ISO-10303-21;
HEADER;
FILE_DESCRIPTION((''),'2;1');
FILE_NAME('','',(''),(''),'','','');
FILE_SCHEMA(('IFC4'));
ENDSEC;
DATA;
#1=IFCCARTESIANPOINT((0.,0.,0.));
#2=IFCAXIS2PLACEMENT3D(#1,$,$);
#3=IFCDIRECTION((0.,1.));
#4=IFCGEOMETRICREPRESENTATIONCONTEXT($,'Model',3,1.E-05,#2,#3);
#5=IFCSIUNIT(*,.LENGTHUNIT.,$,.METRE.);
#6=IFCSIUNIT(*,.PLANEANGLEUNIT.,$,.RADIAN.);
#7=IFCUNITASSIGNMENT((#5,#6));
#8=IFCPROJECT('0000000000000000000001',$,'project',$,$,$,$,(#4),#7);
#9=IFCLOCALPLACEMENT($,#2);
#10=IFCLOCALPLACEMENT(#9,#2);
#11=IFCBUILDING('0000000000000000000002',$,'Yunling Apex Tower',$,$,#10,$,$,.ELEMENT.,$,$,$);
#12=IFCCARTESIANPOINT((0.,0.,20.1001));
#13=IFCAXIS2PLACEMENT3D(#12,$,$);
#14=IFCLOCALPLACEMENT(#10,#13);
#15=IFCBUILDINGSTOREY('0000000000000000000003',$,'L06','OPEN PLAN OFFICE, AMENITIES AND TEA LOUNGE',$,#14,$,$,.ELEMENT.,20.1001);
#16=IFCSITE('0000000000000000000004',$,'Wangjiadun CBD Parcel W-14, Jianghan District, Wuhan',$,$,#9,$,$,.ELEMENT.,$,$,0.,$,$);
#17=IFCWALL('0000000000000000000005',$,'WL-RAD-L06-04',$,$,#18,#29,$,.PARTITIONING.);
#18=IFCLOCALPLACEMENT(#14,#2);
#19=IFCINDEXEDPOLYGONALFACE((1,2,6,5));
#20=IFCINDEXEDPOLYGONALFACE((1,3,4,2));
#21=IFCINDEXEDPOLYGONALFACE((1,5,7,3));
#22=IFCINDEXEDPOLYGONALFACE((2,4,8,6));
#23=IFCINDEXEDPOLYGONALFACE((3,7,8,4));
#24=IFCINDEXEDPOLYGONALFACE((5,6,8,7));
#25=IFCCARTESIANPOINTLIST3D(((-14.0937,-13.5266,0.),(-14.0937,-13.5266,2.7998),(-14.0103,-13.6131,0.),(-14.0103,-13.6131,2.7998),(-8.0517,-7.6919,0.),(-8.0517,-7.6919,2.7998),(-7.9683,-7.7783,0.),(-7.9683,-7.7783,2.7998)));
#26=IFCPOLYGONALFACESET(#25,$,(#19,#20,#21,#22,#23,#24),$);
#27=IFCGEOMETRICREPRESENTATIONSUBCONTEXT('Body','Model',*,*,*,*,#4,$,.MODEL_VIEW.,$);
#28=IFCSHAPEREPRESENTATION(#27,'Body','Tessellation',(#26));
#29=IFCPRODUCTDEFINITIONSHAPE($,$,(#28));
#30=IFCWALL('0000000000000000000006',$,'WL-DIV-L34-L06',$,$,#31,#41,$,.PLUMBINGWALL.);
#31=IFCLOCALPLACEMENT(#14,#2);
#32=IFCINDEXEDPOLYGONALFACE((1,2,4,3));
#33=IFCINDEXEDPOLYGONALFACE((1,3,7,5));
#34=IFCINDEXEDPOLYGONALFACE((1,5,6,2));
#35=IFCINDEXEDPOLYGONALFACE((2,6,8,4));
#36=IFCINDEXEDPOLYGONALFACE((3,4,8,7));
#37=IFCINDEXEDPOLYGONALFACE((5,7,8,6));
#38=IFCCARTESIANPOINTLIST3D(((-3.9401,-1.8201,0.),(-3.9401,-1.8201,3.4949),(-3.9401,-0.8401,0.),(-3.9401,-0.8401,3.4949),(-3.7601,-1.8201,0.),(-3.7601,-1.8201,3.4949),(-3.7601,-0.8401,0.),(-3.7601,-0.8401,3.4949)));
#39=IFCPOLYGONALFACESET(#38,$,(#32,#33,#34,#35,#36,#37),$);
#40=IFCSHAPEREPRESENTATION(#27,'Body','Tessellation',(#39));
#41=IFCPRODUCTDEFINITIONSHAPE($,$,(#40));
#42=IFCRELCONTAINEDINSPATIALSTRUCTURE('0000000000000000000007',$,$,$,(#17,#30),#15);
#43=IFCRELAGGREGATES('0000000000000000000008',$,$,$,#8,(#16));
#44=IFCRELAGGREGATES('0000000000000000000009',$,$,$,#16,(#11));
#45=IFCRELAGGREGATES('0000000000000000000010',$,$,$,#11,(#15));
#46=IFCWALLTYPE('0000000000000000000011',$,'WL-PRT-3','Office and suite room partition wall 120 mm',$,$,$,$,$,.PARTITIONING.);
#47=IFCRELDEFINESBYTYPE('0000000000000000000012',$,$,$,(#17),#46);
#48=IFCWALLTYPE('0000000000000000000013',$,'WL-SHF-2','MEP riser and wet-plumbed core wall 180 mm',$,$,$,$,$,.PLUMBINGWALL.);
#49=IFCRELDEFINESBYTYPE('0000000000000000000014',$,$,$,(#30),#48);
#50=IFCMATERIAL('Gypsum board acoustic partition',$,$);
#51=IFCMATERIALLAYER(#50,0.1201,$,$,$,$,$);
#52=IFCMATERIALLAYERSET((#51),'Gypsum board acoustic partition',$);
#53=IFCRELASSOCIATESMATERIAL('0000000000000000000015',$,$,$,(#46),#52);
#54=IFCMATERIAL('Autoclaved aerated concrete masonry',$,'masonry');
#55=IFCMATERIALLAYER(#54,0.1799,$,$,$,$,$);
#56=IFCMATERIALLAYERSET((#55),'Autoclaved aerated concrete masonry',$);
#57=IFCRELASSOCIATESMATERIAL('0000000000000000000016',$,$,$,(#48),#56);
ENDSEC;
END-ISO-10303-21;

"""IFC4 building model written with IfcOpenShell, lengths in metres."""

from ifc_helpers import new_model, si_unit, direction, frame, frame_2d, origin, place, context, subcontext, project, spatial, rectangle, extrude, material, layer, layer_set, type_object, element, save


model = new_model("IFC4")

# Units and contexts
model_context = context("Model", 3, precision=1e-05, world=origin(), true_north=direction((0.0, 1.0)))
body_context = subcontext(model_context, "Body", "Model", "MODEL_VIEW")
ifc_project = project(units=[si_unit("LENGTHUNIT", "METRE"), si_unit("PLANEANGLEUNIT", "RADIAN")], contexts=[model_context])

# Site, building, storey
site_placement = place(None, origin())
site = spatial("IfcSite", under=ifc_project, at=site_placement, Name="Wangjiadun CBD Parcel W-14, Jianghan District, Wuhan", CompositionType="ELEMENT", RefElevation=0.0)
building_placement = place(site_placement, origin())
building = spatial("IfcBuilding", under=site, at=building_placement, Name="Yunling Apex Tower", CompositionType="ELEMENT")
storey_placement = place(building_placement, frame((0.0, 0.0, 20.1001)))
storey = spatial("IfcBuildingStorey", under=building, at=storey_placement, Name="L06", Description="OPEN PLAN OFFICE, AMENITIES AND TEA LOUNGE", CompositionType="ELEMENT", Elevation=20.1001)

# Shared definitions
ifc_material_1 = material(Name="Gypsum board acoustic partition")

# Walls
ifc_layer_1 = layer(ifc_material_1, 0.1201)
ifc_layer_set_1 = layer_set([ifc_layer_1], Name="Gypsum board acoustic partition")
wall_type_1 = type_object("IfcWallType", Name="WL-PRT-3", Description="Office and suite room partition wall 120 mm", PredefinedType="PARTITIONING", material=ifc_layer_set_1)
wall_1_placement = place(storey_placement, frame((-8.01, -7.7351, 0.0), z_axis=(0.0, 0.0, 1.0), x_axis=(-0.719338, -0.69466, 0.0)))
element("IfcWall", 1, at=wall_1_placement, inside=storey, type_object=wall_type_1, Name="WL-RAD-L06-04", PredefinedType="PARTITIONING", context=body_context, shape_type="SweptSolid", body=[
    extrude(rectangle(XDim=8.3994, YDim=0.1201, at=frame_2d((4.1997, 0.0))), origin(), (0.0, 0.0, 1.0), 2.7998),
])
ifc_material_2 = material(Name="Autoclaved aerated concrete masonry", Category="masonry")
ifc_layer_2 = layer(ifc_material_2, 0.1799)
ifc_layer_set_2 = layer_set([ifc_layer_2], Name="Autoclaved aerated concrete masonry")
wall_type_2 = type_object("IfcWallType", Name="WL-SHF-2", Description="MEP riser and wet-plumbed core wall 180 mm", PredefinedType="PLUMBINGWALL", material=ifc_layer_set_2)
wall_2_placement = place(storey_placement, frame((-3.8501, -1.8201, 0.0), z_axis=(0.0, 0.0, 1.0), x_axis=(0.0, 1.0, 0.0)))
element("IfcWall", 2, at=wall_2_placement, inside=storey, type_object=wall_type_2, Name="WL-DIV-L34-L06", PredefinedType="PLUMBINGWALL", context=body_context, shape_type="SweptSolid", body=[
    extrude(rectangle(XDim=0.98, YDim=0.1799, at=frame_2d((0.49, 0.0))), origin(), (0.0, 0.0, 1.0), 3.4949),
])

save(model, "model.ifc")
